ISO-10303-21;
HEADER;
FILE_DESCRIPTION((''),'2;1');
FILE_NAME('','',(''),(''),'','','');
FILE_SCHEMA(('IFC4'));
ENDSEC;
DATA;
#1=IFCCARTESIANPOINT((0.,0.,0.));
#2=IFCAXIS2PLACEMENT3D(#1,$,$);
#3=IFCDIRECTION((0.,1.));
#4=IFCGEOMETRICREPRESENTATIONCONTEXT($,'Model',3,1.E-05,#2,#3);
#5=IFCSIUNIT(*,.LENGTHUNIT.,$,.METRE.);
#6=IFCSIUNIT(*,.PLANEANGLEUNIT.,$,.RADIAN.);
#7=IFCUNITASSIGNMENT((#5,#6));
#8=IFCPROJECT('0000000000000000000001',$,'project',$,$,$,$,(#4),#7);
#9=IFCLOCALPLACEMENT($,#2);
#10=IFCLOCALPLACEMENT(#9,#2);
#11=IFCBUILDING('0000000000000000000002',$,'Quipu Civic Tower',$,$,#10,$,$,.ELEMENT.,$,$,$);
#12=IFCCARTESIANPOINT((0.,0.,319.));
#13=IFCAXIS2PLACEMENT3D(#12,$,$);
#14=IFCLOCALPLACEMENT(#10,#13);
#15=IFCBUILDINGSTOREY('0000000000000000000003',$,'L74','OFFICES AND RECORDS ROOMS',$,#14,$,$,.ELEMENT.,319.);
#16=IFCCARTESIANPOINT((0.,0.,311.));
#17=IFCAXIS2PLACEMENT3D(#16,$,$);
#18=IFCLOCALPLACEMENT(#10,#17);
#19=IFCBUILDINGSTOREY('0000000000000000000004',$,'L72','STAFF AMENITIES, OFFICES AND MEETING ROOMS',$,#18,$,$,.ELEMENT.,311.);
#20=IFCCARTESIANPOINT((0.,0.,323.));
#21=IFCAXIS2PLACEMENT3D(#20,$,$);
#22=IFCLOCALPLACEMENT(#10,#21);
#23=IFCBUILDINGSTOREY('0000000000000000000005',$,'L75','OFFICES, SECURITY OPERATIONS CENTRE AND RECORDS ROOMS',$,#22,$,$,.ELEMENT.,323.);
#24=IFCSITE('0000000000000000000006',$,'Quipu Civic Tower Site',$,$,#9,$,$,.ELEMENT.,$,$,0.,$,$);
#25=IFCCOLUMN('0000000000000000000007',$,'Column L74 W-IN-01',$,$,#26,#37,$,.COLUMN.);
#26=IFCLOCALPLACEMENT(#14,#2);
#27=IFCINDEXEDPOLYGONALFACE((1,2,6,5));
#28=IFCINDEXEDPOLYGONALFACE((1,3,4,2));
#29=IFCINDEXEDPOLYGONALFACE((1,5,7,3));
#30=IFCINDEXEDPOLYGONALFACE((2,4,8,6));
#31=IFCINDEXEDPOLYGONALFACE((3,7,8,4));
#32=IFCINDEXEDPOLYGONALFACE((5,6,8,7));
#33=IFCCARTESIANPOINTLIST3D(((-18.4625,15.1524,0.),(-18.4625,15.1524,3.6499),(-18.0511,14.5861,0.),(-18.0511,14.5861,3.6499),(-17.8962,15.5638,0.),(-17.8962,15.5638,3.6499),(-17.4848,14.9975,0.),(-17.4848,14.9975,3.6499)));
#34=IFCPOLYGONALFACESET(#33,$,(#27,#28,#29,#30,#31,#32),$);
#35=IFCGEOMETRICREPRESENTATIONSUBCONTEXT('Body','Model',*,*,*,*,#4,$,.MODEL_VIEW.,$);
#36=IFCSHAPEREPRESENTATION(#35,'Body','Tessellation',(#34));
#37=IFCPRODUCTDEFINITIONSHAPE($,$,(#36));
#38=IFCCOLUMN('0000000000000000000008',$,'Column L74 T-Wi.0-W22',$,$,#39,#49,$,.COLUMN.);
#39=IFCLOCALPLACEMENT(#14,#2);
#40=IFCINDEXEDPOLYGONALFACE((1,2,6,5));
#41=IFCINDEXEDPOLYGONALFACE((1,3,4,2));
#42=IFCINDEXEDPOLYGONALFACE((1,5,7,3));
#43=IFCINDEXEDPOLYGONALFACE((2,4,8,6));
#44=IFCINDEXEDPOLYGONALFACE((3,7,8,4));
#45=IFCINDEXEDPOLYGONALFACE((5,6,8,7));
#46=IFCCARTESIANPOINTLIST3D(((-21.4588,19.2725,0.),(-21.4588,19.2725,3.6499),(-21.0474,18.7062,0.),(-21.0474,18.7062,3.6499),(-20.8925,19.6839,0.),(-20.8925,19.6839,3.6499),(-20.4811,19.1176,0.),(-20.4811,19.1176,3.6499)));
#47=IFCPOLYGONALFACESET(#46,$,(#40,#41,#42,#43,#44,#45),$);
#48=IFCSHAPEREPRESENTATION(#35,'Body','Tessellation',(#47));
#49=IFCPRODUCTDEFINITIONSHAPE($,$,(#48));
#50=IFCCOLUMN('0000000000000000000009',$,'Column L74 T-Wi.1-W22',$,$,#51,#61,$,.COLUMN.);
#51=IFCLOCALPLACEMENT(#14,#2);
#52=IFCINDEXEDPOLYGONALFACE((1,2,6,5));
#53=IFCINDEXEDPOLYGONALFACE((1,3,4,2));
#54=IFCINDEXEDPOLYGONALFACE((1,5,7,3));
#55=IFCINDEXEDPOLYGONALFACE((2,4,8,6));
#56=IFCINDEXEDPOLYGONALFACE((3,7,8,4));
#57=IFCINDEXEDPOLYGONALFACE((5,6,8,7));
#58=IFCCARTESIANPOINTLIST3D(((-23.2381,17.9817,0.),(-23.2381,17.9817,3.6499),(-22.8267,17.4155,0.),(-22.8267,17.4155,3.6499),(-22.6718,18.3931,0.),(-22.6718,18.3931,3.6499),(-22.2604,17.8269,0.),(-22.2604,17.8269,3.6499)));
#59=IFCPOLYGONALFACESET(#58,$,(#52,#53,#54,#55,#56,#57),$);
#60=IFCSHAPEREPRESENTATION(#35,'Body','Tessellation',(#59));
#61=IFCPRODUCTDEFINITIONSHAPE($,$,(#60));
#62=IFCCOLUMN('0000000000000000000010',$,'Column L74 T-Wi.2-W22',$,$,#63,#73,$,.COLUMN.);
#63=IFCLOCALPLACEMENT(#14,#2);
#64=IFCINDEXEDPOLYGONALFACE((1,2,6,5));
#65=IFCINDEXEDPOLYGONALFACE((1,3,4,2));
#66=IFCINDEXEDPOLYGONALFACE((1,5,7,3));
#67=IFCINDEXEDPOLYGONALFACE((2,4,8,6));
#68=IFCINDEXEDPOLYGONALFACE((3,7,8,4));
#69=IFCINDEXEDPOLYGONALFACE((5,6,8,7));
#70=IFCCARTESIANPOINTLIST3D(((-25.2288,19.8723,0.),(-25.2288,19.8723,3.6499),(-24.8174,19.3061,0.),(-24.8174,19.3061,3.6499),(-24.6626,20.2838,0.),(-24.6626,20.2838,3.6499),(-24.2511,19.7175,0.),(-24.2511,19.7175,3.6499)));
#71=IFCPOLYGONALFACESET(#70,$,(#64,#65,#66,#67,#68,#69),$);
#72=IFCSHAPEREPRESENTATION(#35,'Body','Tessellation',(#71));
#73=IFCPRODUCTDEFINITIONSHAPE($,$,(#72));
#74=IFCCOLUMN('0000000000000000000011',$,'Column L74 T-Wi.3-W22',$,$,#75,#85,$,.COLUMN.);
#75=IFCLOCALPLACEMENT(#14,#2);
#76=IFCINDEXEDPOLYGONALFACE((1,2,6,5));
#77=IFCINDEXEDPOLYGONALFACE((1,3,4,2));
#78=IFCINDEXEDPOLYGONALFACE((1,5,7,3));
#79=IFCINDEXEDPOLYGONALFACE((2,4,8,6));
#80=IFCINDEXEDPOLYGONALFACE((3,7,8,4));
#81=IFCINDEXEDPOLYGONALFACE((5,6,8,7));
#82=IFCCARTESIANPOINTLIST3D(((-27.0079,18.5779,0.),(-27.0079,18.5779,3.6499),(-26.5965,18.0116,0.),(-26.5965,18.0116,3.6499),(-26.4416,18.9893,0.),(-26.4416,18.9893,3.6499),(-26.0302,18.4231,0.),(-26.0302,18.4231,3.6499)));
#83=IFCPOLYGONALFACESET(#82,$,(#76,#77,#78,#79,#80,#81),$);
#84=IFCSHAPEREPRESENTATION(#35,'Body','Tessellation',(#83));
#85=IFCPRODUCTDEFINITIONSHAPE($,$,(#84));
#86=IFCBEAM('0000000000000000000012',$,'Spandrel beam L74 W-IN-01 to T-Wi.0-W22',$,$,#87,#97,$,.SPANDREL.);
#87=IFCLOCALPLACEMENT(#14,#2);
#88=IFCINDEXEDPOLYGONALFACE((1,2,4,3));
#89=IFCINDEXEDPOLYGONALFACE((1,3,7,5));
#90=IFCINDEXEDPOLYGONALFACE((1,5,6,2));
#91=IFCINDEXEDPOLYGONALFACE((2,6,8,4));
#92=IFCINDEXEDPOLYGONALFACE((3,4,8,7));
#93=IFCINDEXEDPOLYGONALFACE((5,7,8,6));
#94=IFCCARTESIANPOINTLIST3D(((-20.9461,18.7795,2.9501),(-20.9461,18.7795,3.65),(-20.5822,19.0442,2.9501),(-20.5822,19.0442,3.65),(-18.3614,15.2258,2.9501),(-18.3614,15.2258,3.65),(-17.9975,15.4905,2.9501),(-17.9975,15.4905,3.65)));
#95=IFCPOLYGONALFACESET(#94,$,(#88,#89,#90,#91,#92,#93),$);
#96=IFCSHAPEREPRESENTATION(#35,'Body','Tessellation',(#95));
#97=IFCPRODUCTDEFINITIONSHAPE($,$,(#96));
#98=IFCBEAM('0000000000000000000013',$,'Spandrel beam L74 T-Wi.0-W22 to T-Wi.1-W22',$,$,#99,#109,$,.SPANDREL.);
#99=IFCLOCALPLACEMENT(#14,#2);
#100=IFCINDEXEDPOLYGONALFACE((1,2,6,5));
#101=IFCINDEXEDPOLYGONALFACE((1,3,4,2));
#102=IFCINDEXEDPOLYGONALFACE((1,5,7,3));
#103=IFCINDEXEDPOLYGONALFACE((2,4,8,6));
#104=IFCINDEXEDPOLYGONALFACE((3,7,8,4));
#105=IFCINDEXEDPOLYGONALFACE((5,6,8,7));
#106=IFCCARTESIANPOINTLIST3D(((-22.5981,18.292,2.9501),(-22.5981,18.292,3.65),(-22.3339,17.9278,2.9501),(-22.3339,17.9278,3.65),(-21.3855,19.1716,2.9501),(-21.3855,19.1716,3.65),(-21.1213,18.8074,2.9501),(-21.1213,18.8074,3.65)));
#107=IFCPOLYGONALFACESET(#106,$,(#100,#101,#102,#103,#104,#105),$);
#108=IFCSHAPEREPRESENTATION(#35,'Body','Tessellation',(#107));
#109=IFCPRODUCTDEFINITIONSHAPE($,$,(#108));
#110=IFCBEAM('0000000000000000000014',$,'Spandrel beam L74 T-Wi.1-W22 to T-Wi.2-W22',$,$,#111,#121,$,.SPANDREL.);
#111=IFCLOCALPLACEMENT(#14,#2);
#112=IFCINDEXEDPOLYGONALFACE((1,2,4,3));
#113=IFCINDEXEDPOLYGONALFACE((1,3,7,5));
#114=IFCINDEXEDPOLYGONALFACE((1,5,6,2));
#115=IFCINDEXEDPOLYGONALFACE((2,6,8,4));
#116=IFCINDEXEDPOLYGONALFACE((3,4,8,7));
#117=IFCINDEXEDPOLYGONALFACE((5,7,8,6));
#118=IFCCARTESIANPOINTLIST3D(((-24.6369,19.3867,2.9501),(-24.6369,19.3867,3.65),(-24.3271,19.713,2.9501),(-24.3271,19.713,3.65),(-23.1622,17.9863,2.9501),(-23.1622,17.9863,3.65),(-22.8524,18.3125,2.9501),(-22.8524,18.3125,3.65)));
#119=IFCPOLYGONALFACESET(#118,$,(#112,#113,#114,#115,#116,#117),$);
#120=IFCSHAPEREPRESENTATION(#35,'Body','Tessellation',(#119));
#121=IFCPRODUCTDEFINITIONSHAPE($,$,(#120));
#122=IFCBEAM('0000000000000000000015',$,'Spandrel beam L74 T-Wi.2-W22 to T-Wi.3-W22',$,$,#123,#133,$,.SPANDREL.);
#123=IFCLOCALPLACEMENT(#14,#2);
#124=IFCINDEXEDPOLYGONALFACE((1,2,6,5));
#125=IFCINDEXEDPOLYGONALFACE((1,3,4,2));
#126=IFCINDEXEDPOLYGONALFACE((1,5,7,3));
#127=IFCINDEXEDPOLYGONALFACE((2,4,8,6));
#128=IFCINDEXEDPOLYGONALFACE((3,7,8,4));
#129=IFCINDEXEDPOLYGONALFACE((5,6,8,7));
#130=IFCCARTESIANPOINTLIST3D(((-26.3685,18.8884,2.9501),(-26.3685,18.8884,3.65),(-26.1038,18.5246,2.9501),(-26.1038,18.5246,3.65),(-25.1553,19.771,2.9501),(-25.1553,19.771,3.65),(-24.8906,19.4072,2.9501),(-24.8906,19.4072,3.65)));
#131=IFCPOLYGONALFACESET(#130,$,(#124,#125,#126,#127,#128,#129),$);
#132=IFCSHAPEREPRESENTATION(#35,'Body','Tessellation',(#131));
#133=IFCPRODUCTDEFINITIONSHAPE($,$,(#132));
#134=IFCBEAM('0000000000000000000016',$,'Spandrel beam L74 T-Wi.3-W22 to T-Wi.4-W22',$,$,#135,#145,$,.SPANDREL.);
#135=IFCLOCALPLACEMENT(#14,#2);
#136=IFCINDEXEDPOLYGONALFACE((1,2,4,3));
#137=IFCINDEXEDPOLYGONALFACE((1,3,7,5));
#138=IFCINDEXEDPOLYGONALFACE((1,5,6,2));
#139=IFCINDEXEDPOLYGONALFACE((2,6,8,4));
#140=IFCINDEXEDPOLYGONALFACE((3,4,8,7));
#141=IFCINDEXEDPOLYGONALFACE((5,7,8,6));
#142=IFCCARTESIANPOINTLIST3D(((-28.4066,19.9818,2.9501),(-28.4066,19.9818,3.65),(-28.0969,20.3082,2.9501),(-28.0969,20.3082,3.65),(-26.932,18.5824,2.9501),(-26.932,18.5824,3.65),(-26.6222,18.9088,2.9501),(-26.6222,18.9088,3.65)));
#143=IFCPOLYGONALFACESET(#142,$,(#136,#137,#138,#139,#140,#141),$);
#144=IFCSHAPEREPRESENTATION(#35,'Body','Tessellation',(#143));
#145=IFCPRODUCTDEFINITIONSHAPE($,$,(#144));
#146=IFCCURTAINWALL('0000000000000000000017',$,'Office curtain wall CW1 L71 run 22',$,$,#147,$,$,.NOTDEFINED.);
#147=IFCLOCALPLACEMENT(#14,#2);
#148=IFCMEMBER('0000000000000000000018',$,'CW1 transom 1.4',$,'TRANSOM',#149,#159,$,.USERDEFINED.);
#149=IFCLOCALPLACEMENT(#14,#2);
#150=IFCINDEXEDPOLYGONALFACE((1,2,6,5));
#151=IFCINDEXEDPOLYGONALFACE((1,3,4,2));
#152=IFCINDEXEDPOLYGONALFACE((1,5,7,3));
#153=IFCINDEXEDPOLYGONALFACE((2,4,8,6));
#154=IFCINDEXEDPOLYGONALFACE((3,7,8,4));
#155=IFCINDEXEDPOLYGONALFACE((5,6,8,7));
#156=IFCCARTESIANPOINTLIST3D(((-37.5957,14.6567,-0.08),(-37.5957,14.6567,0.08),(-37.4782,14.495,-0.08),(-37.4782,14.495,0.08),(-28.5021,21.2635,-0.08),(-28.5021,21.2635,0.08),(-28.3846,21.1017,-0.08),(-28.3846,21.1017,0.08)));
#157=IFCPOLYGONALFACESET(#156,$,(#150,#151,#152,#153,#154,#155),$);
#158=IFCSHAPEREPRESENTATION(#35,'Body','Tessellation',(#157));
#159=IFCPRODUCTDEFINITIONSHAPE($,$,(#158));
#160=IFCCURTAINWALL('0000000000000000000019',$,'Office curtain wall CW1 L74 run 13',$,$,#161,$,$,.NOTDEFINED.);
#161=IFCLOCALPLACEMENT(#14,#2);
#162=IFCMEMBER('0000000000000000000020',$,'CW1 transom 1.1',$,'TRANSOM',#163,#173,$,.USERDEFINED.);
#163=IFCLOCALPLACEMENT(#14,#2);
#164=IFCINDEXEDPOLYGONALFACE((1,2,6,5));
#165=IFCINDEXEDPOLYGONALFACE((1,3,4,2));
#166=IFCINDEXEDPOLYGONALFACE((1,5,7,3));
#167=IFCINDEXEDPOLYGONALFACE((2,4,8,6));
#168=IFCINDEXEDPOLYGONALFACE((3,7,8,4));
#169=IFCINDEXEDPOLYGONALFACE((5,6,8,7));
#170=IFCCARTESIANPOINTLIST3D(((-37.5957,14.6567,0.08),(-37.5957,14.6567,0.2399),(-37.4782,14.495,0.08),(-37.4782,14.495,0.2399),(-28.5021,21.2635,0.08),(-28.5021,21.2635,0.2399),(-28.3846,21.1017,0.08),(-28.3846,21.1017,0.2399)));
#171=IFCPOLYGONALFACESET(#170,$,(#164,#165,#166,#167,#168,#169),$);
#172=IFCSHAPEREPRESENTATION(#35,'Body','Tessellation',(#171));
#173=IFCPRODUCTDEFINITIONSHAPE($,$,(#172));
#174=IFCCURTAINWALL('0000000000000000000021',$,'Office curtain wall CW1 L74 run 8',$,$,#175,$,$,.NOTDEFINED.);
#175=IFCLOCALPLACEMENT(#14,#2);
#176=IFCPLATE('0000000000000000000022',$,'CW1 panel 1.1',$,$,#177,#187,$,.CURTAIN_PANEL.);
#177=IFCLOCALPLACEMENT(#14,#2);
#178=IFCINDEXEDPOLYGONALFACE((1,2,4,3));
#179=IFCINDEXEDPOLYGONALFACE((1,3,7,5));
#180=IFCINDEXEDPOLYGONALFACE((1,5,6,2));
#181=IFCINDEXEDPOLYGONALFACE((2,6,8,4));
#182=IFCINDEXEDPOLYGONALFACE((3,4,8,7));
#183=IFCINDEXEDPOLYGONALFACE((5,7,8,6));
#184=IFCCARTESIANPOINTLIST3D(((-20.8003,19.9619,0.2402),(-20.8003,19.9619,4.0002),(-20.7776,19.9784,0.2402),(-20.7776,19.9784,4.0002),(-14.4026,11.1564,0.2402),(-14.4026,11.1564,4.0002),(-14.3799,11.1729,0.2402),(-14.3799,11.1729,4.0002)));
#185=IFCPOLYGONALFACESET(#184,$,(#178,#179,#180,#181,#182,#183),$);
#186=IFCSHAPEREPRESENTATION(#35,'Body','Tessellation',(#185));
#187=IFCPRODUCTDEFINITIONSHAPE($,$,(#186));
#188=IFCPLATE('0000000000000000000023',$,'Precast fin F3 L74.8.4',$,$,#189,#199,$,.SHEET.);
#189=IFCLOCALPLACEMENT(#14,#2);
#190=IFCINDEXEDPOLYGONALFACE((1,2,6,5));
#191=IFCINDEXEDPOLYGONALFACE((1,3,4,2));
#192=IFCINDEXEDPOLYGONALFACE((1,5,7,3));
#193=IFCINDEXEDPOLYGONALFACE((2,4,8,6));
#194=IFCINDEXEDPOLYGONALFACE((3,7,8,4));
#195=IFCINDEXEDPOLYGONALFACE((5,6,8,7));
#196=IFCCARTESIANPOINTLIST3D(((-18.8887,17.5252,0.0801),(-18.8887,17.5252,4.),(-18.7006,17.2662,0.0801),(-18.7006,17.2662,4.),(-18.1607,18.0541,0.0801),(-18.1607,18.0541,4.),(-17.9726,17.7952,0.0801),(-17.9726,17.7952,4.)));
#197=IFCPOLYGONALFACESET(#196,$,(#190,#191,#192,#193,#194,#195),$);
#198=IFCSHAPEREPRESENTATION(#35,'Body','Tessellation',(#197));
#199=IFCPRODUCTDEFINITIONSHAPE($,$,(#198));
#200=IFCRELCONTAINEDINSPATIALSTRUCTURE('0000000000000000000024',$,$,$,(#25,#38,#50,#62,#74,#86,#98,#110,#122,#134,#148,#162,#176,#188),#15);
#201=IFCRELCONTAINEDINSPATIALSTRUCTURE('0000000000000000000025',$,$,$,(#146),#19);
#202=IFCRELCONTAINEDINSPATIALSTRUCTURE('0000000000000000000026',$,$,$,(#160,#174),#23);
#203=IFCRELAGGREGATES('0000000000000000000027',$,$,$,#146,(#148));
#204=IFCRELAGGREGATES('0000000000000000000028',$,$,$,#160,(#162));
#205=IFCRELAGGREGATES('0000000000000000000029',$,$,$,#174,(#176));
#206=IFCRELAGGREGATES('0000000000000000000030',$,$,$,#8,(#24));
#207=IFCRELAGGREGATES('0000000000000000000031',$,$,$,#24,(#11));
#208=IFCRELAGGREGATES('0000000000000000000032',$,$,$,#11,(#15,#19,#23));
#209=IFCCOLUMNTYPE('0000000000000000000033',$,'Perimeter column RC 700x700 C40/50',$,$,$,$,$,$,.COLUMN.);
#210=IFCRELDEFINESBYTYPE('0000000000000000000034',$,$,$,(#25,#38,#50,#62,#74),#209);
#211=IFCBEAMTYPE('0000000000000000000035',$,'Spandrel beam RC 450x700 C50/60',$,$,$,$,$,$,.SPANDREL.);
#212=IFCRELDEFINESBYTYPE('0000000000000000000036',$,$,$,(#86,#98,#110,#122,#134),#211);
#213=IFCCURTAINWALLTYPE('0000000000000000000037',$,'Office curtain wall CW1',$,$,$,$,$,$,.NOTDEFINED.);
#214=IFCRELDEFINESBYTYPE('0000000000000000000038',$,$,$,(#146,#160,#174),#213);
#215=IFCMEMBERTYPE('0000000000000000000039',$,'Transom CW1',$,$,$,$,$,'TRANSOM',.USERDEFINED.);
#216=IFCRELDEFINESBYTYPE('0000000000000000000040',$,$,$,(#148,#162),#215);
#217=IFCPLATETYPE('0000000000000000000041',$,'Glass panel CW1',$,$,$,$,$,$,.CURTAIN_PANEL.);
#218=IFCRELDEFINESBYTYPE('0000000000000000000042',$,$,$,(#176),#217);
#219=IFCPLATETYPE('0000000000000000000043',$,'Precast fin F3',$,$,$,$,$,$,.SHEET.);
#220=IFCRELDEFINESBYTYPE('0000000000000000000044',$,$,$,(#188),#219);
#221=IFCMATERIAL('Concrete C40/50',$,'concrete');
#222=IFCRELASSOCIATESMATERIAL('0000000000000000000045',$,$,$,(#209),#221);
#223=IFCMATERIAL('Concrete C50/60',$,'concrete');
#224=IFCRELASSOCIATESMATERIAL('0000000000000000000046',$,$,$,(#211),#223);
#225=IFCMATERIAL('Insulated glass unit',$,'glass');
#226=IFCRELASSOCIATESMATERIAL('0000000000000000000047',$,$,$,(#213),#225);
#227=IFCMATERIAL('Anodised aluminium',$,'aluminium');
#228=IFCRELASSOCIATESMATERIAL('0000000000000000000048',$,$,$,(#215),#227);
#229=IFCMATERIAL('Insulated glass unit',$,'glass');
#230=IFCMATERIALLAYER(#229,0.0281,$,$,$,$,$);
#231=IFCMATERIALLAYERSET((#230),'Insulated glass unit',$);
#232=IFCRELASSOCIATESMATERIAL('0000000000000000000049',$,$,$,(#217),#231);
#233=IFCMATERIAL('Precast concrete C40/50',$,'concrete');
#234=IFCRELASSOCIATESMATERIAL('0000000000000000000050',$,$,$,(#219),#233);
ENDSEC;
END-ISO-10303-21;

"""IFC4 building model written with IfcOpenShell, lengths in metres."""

from ifc_helpers import new_model, si_unit, direction, frame, origin, origin_2d, place, context, subcontext, project, spatial, rectangle, extrude, material, layer, layer_set, material_profile, profile_set, type_object, element, aggregate, save


model = new_model("IFC4")

# Units and contexts
model_context = context("Model", 3, precision=1e-05, world=origin(), true_north=direction((0.0, 1.0)))
body_context = subcontext(model_context, "Body", "Model", "MODEL_VIEW")
ifc_project = project(units=[si_unit("LENGTHUNIT", "METRE"), si_unit("PLANEANGLEUNIT", "RADIAN")], contexts=[model_context])

# Site, building, storey
site_placement = place(None, origin())
site = spatial("IfcSite", under=ifc_project, at=site_placement, Name="Quipu Civic Tower Site", CompositionType="ELEMENT", RefElevation=0.0)
building_placement = place(site_placement, origin())
building = spatial("IfcBuilding", under=site, at=building_placement, Name="Quipu Civic Tower", CompositionType="ELEMENT")
storey_1_placement = place(building_placement, frame((0.0, 0.0, 319.0)))
storey_1 = spatial("IfcBuildingStorey", under=building, at=storey_1_placement, Name="L74", Description="OFFICES AND RECORDS ROOMS", CompositionType="ELEMENT", Elevation=319.0)

# Columns
ifc_material_1 = material(Name="Concrete C40/50", Category="concrete")
ifc_material_profile_1 = material_profile(ifc_material_1, rectangle(XDim=0.7, YDim=0.7, at=origin_2d()), Name="RC700x700")
ifc_profile_set_1 = profile_set([ifc_material_profile_1], Name="Concrete C40/50")
column_type = type_object("IfcColumnType", Name="Perimeter column RC 700x700 C40/50", PredefinedType="COLUMN", material=ifc_profile_set_1)
for number, where, z_axis, x_axis, name in (
    (1, (-17.9736, 15.075, 0.0), (0.0, 0.0, 1.0), (-0.587785, 0.809017, 0.0), "Column L74 W-IN-01"),
    (2, (-20.97, 19.1951, 0.0), (0.0, 0.0, 1.0), (-0.587785, 0.809017, 0.0), "Column L74 T-Wi.0-W22"),
    (3, (-22.7493, 17.9043, 0.0), (0.0, 0.0, 1.0), (-0.587785, 0.809017, 0.0), "Column L74 T-Wi.1-W22"),
    (4, (-24.74, 19.7949, 0.0), (0.0, 0.0, 1.0), (-0.587785, 0.809017, 0.0), "Column L74 T-Wi.2-W22"),
    (5, (-26.519, 18.5005, 0.0), (0.0, 0.0, 1.0), (-0.587785, 0.809017, 0.0), "Column L74 T-Wi.3-W22"),
):
    element("IfcColumn", number, at=place(storey_1_placement, frame(where, z_axis=z_axis, x_axis=x_axis)), inside=storey_1, type_object=column_type, Name=name, PredefinedType="COLUMN", context=body_context, shape_type="SweptSolid", body=[
        extrude(rectangle(XDim=0.7, YDim=0.7, at=origin_2d()), origin(), (0.0, 0.0, 1.0), 3.6499),
    ])

# Beams
ifc_material_2 = material(Name="Concrete C50/60", Category="concrete")
ifc_material_profile_2 = material_profile(ifc_material_2, rectangle(XDim=0.45, YDim=0.7, at=origin_2d()), Name="RC450x700")
ifc_profile_set_2 = profile_set([ifc_material_profile_2], Name="Concrete C50/60")
beam_type = type_object("IfcBeamType", Name="Spandrel beam RC 450x700 C50/60", PredefinedType="SPANDREL", material=ifc_profile_set_2)
beam_1_placement = place(storey_1_placement, frame((-18.1794, 15.3582, 3.3), z_axis=(-0.588201, 0.808714, 0.0), x_axis=(-0.808714, -0.588201, 0.0)))
element("IfcBeam", 6, at=beam_1_placement, inside=storey_1, type_object=beam_type, Name="Spandrel beam L74 W-IN-01 to T-Wi.0-W22", PredefinedType="SPANDREL", context=body_context, shape_type="SweptSolid", body=[
    extrude(rectangle(XDim=0.45, YDim=0.7, at=origin_2d()), origin(), (0.0, 0.0, 1.0), 4.3943),
])
beam_2_placement = place(storey_1_placement, frame((-21.2534, 18.9895, 3.3), z_axis=(-0.809461, -0.587173, 0.0), x_axis=(0.587173, -0.809461, 0.0)))
element("IfcBeam", 7, at=beam_2_placement, inside=storey_1, type_object=beam_type, Name="Spandrel beam L74 T-Wi.0-W22 to T-Wi.1-W22", PredefinedType="SPANDREL", context=body_context, shape_type="SweptSolid", body=[
    extrude(rectangle(XDim=0.45, YDim=0.7, at=origin_2d()), origin(), (0.0, 0.0, 1.0), 1.498),
])
beam_3_placement = place(storey_1_placement, frame((-23.0073, 18.1494, 3.3), z_axis=(-0.725119, 0.688623, 0.0), x_axis=(-0.688623, -0.725119, 0.0)))
element("IfcBeam", 8, at=beam_3_placement, inside=storey_1, type_object=beam_type, Name="Spandrel beam L74 T-Wi.1-W22 to T-Wi.2-W22", PredefinedType="SPANDREL", context=body_context, shape_type="SweptSolid", body=[
    extrude(rectangle(XDim=0.45, YDim=0.7, at=origin_2d()), origin(), (0.0, 0.0, 1.0), 2.0337),
])
beam_4_placement = place(storey_1_placement, frame((-25.0229, 19.5891, 3.3), z_axis=(-0.808645, -0.588297, 0.0), x_axis=(0.588297, -0.808645, 0.0)))
element("IfcBeam", 9, at=beam_4_placement, inside=storey_1, type_object=beam_type, Name="Spandrel beam L74 T-Wi.2-W22 to T-Wi.3-W22", PredefinedType="SPANDREL", context=body_context, shape_type="SweptSolid", body=[
    extrude(rectangle(XDim=0.45, YDim=0.7, at=origin_2d()), origin(), (0.0, 0.0, 1.0), 1.5002),
])
beam_5_placement = place(storey_1_placement, frame((-26.7771, 18.7456, 3.3), z_axis=(-0.725359, 0.688371, 0.0), x_axis=(-0.688371, -0.725359, 0.0)))
element("IfcBeam", 10, at=beam_5_placement, inside=storey_1, type_object=beam_type, Name="Spandrel beam L74 T-Wi.3-W22 to T-Wi.4-W22", PredefinedType="SPANDREL", context=body_context, shape_type="SweptSolid", body=[
    extrude(rectangle(XDim=0.45, YDim=0.7, at=origin_2d()), origin(), (0.0, 0.0, 1.0), 2.033),
])

# Shared definitions
storey_2_placement = place(building_placement, frame((0.0, 0.0, 311.0)))
storey_2 = spatial("IfcBuildingStorey", under=building, at=storey_2_placement, Name="L72", Description="STAFF AMENITIES, OFFICES AND MEETING ROOMS", CompositionType="ELEMENT", Elevation=311.0)

# Curtain wall, member
ifc_material_3 = material(Name="Insulated glass unit", Category="glass")
curtain_wall_type = type_object("IfcCurtainWallType", Name="Office curtain wall CW1", PredefinedType="NOTDEFINED", material=ifc_material_3)
curtain_wall_1_placement = place(storey_2_placement, origin())
curtain_wall_1 = element("IfcCurtainWall", 11, at=curtain_wall_1_placement, inside=storey_2, type_object=curtain_wall_type, Name="Office curtain wall CW1 L71 run 22", PredefinedType="NOTDEFINED")
ifc_material_4 = material(Name="Anodised aluminium", Category="aluminium")
ifc_material_profile_3 = material_profile(ifc_material_4, rectangle(XDim=0.2, YDim=0.1599, at=origin_2d()), Name="RECT 200x160")
ifc_profile_set_3 = profile_set([ifc_material_profile_3], Name="Anodised aluminium")
member_type = type_object("IfcMemberType", Name="Transom CW1", ElementType="TRANSOM", PredefinedType="USERDEFINED", material=ifc_profile_set_3)
member_1_placement = place(storey_1_placement, frame((-28.4434, 21.1826, 0.0), z_axis=(-0.809022, -0.587778, 0.0), x_axis=(0.587778, -0.809022, 0.0)))
member_1 = element("IfcMember", 12, at=member_1_placement, inside=storey_1, type_object=member_type, Name="CW1 transom 1.4", ObjectType="TRANSOM", PredefinedType="USERDEFINED", context=body_context, shape_type="SweptSolid", body=[
    extrude(rectangle(XDim=0.2, YDim=0.1599, at=origin_2d()), origin(), (0.0, 0.0, 1.0), 11.2402),
])
aggregate(curtain_wall_1, [member_1])

# Shared definitions
storey_3_placement = place(building_placement, frame((0.0, 0.0, 323.0)))
storey_3 = spatial("IfcBuildingStorey", under=building, at=storey_3_placement, Name="L75", Description="OFFICES, SECURITY OPERATIONS CENTRE AND RECORDS ROOMS", CompositionType="ELEMENT", Elevation=323.0)

# Curtain wall, member
curtain_wall_2_placement = place(storey_3_placement, origin())
curtain_wall_2 = element("IfcCurtainWall", 13, at=curtain_wall_2_placement, inside=storey_3, type_object=curtain_wall_type, Name="Office curtain wall CW1 L74 run 13", PredefinedType="NOTDEFINED")
member_2_placement = place(storey_1_placement, frame((-28.4434, 21.1826, 0.1599), z_axis=(-0.809022, -0.587778, 0.0), x_axis=(0.587778, -0.809022, 0.0)))
member_2 = element("IfcMember", 14, at=member_2_placement, inside=storey_1, type_object=member_type, Name="CW1 transom 1.1", ObjectType="TRANSOM", PredefinedType="USERDEFINED", context=body_context, shape_type="SweptSolid", body=[
    extrude(rectangle(XDim=0.2, YDim=0.1599, at=origin_2d()), origin(), (0.0, 0.0, 1.0), 11.2402),
])
aggregate(curtain_wall_2, [member_2])

# Curtain wall, plate
curtain_wall_3_placement = place(storey_3_placement, origin())
curtain_wall_3 = element("IfcCurtainWall", 15, at=curtain_wall_3_placement, inside=storey_3, type_object=curtain_wall_type, Name="Office curtain wall CW1 L74 run 8", PredefinedType="NOTDEFINED")
ifc_material_5 = material(Name="Insulated glass unit", Category="glass")
ifc_layer_1 = layer(ifc_material_5, 0.0281)
ifc_layer_set_1 = layer_set([ifc_layer_1], Name="Insulated glass unit")
plate_type_1 = type_object("IfcPlateType", Name="Glass panel CW1", PredefinedType="CURTAIN_PANEL", material=ifc_layer_set_1)
plate_placement = place(storey_1_placement, frame((-17.5901, 15.5674, 0.2402), z_axis=(0.0, 0.0, 1.0), x_axis=(-0.587788, 0.809015, 0.0)))
plate = element("IfcPlate", 16, at=plate_placement, inside=storey_1, type_object=plate_type_1, Name="CW1 panel 1.1", PredefinedType="CURTAIN_PANEL", context=body_context, shape_type="SweptSolid", body=[
    extrude(rectangle(XDim=10.8843, YDim=0.0281, at=origin_2d()), origin(), (0.0, 0.0, 1.0), 3.76),
])
aggregate(curtain_wall_3, [plate])

# Plate
ifc_material_6 = material(Name="Precast concrete C40/50", Category="concrete")
plate_type_2 = type_object("IfcPlateType", Name="Precast fin F3", PredefinedType="SHEET", material=ifc_material_6)
for number, where, z_axis, x_axis, name in (
    (17, (-18.4307, 17.6602, 0.0801), (0.0, 0.0, 1.0), (-0.587784, 0.809018, 0.0), "Precast fin F3 L74.8.4"),
):
    element("IfcPlate", number, at=place(storey_1_placement, frame(where, z_axis=z_axis, x_axis=x_axis)), inside=storey_1, type_object=plate_type_2, Name=name, PredefinedType="SHEET", context=body_context, shape_type="SweptSolid", body=[
        extrude(rectangle(XDim=0.3201, YDim=0.8999, at=origin_2d()), origin(), (0.0, 0.0, 1.0), 3.9199),
    ])

save(model, "model.ifc")
